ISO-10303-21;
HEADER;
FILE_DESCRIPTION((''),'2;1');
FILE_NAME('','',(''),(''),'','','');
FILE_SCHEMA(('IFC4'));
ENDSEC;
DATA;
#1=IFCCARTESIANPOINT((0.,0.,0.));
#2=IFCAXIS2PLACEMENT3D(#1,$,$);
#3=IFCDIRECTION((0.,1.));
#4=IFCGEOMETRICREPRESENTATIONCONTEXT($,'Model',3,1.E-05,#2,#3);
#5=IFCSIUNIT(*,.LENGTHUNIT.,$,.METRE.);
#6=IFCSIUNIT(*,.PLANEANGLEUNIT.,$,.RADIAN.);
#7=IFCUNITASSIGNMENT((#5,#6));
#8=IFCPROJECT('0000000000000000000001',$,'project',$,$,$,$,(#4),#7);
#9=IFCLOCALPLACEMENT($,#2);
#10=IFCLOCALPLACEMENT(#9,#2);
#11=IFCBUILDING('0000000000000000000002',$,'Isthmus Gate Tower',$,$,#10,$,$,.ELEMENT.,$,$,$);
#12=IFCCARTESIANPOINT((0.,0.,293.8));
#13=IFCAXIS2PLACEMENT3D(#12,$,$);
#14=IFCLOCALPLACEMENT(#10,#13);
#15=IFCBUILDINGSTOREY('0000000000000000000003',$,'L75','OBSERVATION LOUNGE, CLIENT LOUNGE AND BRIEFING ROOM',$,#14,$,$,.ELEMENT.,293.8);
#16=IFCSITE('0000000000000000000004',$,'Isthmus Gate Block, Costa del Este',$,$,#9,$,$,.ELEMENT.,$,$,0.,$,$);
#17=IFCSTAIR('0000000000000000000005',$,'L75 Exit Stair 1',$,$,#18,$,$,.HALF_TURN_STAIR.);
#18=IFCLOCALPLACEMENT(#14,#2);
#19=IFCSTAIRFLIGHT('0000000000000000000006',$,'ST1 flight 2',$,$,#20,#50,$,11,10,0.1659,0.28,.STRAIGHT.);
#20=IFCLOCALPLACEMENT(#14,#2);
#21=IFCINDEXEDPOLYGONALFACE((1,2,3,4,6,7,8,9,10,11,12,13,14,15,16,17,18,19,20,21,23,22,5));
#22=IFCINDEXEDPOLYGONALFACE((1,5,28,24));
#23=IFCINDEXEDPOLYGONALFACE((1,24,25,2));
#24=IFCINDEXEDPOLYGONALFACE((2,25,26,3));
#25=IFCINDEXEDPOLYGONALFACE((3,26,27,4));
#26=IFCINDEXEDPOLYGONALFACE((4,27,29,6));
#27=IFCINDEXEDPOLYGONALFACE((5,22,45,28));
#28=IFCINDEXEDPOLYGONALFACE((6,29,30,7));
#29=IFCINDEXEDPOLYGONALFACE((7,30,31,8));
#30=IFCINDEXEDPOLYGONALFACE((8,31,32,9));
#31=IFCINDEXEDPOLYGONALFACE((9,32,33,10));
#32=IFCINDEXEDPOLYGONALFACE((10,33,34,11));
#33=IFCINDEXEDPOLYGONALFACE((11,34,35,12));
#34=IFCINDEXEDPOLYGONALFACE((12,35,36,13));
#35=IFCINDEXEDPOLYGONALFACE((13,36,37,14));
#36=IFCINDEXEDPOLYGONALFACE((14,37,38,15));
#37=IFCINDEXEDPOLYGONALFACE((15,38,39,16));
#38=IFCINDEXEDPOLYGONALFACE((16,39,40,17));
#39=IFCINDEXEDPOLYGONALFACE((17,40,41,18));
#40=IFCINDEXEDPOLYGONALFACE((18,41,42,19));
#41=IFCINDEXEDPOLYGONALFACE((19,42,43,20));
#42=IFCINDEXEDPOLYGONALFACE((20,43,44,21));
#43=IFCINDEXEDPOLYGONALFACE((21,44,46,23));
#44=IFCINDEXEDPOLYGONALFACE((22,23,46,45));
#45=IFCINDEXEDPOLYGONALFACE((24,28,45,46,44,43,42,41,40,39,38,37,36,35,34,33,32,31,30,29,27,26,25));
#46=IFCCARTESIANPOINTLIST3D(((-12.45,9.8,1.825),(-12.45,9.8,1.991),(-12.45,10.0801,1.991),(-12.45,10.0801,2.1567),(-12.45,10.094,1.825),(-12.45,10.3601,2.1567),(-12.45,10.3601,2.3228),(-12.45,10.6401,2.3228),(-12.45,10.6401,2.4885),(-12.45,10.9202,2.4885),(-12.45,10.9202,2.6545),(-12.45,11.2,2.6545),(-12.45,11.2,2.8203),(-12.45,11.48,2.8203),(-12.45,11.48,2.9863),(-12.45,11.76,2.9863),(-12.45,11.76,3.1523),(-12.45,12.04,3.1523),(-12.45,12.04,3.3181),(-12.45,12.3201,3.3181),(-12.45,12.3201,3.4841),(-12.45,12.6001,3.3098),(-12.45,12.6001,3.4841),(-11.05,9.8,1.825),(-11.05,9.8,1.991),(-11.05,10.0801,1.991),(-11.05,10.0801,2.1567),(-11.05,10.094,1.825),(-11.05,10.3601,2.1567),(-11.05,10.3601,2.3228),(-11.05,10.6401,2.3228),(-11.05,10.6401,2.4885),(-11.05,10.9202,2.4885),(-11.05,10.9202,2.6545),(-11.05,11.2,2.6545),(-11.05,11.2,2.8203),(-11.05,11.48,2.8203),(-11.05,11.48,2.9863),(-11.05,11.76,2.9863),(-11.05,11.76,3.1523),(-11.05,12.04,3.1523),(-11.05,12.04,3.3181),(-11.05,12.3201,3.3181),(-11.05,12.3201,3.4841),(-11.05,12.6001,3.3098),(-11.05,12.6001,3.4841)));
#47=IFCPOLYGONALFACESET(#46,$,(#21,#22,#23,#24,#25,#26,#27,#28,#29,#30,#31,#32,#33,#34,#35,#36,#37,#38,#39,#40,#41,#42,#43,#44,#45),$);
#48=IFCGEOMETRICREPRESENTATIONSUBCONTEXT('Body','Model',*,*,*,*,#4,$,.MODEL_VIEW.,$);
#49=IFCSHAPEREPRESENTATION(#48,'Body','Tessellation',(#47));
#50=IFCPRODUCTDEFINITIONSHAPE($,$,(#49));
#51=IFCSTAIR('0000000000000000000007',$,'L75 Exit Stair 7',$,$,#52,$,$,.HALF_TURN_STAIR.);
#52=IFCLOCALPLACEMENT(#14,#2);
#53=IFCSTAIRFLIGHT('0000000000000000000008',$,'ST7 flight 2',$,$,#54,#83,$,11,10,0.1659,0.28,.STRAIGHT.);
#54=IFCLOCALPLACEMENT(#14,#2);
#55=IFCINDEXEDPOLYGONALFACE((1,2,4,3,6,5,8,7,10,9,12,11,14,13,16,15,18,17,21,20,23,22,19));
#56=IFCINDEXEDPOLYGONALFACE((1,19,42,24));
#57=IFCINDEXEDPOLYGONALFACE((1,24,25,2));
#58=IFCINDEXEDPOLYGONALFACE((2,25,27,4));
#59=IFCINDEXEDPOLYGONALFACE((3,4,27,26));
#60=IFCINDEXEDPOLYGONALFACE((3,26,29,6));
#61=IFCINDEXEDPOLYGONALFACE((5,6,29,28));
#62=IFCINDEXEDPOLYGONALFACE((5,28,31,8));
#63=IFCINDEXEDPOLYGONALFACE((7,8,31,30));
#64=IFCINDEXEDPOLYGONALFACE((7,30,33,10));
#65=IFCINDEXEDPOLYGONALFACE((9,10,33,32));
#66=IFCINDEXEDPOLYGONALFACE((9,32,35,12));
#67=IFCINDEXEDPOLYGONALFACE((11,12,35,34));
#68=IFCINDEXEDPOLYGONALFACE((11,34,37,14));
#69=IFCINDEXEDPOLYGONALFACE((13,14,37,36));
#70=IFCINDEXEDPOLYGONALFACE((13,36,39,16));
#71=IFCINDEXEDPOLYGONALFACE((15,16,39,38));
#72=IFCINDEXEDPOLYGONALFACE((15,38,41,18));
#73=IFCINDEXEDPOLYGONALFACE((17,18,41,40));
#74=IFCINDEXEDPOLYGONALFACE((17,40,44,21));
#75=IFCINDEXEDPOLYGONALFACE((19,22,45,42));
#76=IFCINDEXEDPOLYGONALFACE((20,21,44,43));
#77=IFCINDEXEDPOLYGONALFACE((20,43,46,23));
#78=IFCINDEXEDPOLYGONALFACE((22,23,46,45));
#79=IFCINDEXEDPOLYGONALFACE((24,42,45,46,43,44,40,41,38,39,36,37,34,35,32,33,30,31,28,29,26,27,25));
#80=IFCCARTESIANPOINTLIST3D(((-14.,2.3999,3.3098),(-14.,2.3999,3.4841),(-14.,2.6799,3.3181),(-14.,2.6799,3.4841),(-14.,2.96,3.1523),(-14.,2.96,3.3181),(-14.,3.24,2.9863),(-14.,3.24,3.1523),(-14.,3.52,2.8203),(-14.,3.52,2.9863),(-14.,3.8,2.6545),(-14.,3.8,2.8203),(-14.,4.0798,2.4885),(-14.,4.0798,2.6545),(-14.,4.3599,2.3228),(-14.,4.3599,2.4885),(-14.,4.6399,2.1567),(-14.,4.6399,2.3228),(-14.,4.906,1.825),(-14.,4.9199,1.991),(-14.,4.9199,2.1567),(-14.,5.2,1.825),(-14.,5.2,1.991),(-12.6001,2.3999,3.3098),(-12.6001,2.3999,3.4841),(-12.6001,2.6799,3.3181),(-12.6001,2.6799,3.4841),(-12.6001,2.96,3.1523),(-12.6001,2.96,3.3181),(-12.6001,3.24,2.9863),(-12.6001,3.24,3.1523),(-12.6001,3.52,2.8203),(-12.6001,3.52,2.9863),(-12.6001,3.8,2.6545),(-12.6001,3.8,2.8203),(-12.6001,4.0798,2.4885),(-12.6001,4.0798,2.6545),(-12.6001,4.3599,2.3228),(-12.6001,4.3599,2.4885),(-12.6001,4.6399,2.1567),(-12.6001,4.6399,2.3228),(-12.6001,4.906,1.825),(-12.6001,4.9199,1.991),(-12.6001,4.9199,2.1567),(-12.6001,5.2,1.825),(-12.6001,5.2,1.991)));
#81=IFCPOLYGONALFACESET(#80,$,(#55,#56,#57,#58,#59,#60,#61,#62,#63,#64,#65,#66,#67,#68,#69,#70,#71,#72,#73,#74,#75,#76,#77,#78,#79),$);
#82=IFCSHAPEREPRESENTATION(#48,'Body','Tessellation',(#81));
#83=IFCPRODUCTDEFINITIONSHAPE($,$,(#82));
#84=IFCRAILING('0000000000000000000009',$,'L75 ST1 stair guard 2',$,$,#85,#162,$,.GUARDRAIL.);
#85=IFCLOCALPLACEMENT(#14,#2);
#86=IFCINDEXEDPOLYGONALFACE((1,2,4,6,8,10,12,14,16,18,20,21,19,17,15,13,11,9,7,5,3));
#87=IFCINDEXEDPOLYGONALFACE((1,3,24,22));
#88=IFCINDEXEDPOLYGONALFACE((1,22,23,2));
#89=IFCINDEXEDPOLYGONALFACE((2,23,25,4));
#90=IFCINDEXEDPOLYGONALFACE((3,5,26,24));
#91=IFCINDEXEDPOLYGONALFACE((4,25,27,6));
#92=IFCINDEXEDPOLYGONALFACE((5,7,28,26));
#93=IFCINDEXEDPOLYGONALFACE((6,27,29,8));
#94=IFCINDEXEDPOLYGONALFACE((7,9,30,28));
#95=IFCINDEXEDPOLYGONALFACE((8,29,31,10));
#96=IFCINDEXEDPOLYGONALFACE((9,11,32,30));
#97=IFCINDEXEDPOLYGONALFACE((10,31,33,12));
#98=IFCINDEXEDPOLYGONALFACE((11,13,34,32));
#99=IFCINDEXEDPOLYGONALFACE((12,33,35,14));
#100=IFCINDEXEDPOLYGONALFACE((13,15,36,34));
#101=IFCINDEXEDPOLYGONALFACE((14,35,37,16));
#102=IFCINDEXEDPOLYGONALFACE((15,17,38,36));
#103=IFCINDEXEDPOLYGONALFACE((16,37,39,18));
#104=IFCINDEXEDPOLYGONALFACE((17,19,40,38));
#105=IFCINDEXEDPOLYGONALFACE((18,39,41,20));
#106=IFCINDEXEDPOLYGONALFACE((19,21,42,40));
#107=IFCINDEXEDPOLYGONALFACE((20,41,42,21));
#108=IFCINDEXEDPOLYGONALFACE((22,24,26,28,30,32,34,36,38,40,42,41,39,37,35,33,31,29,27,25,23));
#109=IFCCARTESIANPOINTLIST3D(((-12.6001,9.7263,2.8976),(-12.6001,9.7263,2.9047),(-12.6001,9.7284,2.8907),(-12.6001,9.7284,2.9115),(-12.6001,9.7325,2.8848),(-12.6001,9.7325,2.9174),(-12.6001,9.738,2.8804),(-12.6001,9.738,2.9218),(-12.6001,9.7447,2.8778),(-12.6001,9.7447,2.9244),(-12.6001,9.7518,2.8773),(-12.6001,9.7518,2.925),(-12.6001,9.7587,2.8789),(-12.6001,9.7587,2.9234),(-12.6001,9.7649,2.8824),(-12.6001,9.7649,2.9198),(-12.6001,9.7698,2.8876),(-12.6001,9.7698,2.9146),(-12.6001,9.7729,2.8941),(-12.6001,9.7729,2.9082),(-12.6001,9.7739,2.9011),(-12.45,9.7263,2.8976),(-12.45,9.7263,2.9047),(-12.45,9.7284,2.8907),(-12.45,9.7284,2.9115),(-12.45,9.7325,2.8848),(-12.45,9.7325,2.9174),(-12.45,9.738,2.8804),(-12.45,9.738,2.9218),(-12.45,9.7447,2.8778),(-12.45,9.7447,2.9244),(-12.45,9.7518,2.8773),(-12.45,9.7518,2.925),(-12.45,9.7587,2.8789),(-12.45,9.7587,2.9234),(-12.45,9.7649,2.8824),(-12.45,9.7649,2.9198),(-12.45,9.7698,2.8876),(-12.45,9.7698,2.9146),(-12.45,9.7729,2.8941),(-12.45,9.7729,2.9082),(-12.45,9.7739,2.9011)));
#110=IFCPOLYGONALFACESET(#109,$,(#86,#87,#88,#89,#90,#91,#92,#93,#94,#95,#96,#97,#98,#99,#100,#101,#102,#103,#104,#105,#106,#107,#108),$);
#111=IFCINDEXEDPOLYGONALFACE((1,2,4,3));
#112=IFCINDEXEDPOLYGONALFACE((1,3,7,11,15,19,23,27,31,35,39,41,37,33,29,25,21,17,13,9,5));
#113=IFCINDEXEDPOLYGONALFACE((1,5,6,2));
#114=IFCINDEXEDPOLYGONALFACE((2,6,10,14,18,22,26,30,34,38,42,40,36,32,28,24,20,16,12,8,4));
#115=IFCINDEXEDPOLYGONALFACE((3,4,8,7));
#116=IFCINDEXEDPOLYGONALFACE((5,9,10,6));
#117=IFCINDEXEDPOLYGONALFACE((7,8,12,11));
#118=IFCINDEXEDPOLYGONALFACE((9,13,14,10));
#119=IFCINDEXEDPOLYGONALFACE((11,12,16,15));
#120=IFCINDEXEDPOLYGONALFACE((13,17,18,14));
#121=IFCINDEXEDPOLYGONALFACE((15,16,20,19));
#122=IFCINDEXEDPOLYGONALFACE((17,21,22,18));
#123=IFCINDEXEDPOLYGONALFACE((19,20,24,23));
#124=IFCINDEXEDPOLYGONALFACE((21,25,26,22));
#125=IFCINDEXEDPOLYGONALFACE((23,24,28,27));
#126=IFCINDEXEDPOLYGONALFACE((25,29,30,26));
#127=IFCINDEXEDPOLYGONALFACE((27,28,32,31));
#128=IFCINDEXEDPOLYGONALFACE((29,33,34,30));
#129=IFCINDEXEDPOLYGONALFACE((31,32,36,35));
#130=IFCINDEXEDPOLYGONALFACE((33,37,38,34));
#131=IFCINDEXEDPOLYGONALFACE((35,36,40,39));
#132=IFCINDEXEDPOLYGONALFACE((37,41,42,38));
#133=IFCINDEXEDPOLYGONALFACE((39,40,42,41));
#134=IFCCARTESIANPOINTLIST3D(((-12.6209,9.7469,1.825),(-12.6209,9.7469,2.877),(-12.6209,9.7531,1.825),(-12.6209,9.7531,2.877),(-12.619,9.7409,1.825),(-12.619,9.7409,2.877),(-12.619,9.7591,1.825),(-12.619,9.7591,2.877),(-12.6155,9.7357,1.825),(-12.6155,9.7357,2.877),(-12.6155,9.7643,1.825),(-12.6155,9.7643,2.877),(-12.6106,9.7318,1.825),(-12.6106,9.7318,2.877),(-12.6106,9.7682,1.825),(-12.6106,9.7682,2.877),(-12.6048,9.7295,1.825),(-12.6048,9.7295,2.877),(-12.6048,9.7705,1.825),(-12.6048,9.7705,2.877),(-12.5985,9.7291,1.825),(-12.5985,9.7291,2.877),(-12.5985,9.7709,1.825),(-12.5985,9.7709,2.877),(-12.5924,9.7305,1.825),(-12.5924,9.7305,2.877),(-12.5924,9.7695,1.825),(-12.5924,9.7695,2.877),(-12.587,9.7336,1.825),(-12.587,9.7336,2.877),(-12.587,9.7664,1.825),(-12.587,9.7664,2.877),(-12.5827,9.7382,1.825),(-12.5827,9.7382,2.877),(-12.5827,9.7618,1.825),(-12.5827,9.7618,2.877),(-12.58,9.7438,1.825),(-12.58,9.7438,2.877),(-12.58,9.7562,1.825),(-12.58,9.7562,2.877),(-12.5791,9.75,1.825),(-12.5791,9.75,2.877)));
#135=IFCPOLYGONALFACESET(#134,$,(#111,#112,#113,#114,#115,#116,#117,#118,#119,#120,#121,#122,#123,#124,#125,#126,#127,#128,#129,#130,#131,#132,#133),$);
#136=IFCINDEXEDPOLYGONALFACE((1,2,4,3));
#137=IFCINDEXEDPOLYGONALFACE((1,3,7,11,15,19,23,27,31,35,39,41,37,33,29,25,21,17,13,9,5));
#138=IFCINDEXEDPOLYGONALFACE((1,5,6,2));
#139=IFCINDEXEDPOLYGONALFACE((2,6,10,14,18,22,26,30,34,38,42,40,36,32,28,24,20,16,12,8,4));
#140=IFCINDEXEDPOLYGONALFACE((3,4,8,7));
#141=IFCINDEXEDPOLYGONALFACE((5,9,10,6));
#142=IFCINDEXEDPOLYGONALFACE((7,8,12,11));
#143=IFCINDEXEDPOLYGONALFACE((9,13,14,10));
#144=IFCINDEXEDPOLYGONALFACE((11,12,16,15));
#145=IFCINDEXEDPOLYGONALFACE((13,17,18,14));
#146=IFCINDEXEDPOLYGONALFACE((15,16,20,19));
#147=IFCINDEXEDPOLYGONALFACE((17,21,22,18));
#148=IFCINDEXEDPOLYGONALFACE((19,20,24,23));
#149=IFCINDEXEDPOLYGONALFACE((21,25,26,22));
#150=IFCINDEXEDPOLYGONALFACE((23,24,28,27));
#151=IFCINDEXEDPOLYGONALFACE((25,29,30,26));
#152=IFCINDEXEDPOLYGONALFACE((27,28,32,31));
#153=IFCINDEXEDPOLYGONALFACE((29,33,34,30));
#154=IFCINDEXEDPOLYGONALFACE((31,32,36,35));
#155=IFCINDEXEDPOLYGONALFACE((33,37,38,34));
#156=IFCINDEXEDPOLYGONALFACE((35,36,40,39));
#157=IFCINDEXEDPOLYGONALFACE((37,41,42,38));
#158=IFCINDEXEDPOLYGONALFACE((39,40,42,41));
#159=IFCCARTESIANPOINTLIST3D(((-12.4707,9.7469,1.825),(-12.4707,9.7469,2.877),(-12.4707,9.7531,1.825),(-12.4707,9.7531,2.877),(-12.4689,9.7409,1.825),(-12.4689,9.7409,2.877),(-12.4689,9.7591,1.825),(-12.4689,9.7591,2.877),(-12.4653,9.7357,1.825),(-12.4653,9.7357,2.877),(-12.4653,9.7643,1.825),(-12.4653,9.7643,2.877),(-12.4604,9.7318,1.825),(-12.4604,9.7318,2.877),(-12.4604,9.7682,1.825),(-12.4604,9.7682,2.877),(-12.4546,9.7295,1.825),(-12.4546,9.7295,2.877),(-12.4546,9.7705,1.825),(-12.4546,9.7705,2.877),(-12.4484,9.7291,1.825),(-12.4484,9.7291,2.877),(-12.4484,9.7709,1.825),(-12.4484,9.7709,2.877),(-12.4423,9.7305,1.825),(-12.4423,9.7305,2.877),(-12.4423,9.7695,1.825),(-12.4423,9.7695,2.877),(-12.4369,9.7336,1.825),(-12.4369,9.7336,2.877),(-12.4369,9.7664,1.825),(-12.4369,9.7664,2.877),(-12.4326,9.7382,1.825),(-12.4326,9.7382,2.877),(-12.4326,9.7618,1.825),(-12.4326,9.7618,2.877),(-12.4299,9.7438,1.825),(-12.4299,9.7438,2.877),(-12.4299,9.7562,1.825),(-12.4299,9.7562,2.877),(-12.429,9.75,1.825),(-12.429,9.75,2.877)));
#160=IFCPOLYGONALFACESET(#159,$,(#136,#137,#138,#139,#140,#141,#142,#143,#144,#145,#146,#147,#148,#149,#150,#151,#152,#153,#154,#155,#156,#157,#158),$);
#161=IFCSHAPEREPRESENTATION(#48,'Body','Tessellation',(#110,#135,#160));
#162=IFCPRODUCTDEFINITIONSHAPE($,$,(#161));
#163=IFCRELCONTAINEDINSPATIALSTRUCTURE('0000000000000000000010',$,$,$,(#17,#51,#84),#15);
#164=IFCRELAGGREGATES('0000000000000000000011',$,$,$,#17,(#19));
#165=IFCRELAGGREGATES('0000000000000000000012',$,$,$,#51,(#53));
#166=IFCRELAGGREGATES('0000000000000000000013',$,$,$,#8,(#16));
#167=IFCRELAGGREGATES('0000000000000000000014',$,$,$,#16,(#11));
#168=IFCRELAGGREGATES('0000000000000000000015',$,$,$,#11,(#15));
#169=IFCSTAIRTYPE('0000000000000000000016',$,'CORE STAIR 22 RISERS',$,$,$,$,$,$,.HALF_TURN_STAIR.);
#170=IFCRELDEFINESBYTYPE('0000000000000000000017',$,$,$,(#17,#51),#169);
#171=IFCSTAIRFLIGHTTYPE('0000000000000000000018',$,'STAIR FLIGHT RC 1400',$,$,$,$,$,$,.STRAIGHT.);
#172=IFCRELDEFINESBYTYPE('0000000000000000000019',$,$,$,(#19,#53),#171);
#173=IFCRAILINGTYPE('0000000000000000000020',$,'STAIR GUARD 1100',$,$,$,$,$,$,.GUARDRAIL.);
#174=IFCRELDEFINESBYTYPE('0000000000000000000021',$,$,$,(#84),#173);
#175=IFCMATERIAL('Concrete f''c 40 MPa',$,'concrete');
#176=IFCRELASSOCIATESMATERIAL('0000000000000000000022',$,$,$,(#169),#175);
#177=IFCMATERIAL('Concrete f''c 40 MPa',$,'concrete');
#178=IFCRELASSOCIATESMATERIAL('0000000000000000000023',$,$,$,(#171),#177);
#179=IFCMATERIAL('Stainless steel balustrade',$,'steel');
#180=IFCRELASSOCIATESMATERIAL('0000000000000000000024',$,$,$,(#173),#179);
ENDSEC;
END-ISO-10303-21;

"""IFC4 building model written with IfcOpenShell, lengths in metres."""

from ifc_helpers import new_model, si_unit, direction, frame, origin, origin_2d, place, context, subcontext, project, spatial, polyline, circle, outline, extrude, material, type_object, element, aggregate, save


model = new_model("IFC4")

# Units and contexts
model_context = context("Model", 3, precision=1e-05, world=origin(), true_north=direction((0.0, 1.0)))
body_context = subcontext(model_context, "Body", "Model", "MODEL_VIEW")
ifc_project = project(units=[si_unit("LENGTHUNIT", "METRE"), si_unit("PLANEANGLEUNIT", "RADIAN")], contexts=[model_context])

# Site, building, storey
site_placement = place(None, origin())
site = spatial("IfcSite", under=ifc_project, at=site_placement, Name="Isthmus Gate Block, Costa del Este", CompositionType="ELEMENT", RefElevation=0.0)
building_placement = place(site_placement, origin())
building = spatial("IfcBuilding", under=site, at=building_placement, Name="Isthmus Gate Tower", CompositionType="ELEMENT")
storey_placement = place(building_placement, frame((0.0, 0.0, 293.8)))
storey = spatial("IfcBuildingStorey", under=building, at=storey_placement, Name="L75", Description="OBSERVATION LOUNGE, CLIENT LOUNGE AND BRIEFING ROOM", CompositionType="ELEMENT", Elevation=293.8)

# Stairs, stair flights
ifc_material_1 = material(Name="Concrete f'c 40 MPa", Category="concrete")
stair_type = type_object("IfcStairType", Name="CORE STAIR 22 RISERS", PredefinedType="HALF_TURN_STAIR", material=ifc_material_1)
stair_1_placement = place(storey_placement, origin())
stair_1 = element("IfcStair", 1, at=stair_1_placement, inside=storey, type_object=stair_type, Name="L75 Exit Stair 1", PredefinedType="HALF_TURN_STAIR")
ifc_material_2 = material(Name="Concrete f'c 40 MPa", Category="concrete")
stair_flight_type = type_object("IfcStairFlightType", Name="STAIR FLIGHT RC 1400", PredefinedType="STRAIGHT", material=ifc_material_2)
stair_flight_1_placement = place(storey_placement, frame((-11.75, 9.8, 1.825), z_axis=(0.0, 0.0, 1.0), x_axis=(0.0, 1.0, 0.0)))
stair_flight_1 = element("IfcStairFlight", 2, at=stair_flight_1_placement, type_object=stair_flight_type, Name="ST1 flight 2", NumberOfRisers=11, NumberOfTreads=10, PredefinedType="STRAIGHT", RiserHeight=0.1659, TreadLength=0.28, context=body_context, shape_type="SweptSolid", body=[
    extrude(outline(polyline([(0.0, 0.0), (0.0, 0.166), (0.28, 0.166), (0.28, 0.3318), (0.5601, 0.3318), (0.5601, 0.4978), (0.8401, 0.4978), (0.8401, 0.6636), (1.1201, 0.6636), (1.1201, 0.8296), (1.3999, 0.8296), (1.3999, 0.9954), (1.6799, 0.9954), (1.6799, 1.1614), (1.96, 1.1614), (1.96, 1.3274), (2.24, 1.3274), (2.24, 1.4932), (2.52, 1.4932), (2.52, 1.6592), (2.8, 1.6592), (2.8, 1.825), (2.8, 1.4849), (0.2939, 0.0), (0.0, 0.0)])), frame((0.0, 0.7, 0.0), z_axis=(0.0, -1.0, 0.0), x_axis=(1.0, 0.0, 0.0)), (0.0, 0.0, 1.0), 1.3999),
])
aggregate(stair_1, [stair_flight_1])
stair_2_placement = place(storey_placement, origin())
stair_2 = element("IfcStair", 3, at=stair_2_placement, inside=storey, type_object=stair_type, Name="L75 Exit Stair 7", PredefinedType="HALF_TURN_STAIR")
stair_flight_2_placement = place(storey_placement, frame((-13.3, 5.2, 1.825), z_axis=(0.0, 0.0, 1.0), x_axis=(0.0, -1.0, 0.0)))
stair_flight_2 = element("IfcStairFlight", 4, at=stair_flight_2_placement, type_object=stair_flight_type, Name="ST7 flight 2", NumberOfRisers=11, NumberOfTreads=10, PredefinedType="STRAIGHT", RiserHeight=0.1659, TreadLength=0.28, context=body_context, shape_type="SweptSolid", body=[
    extrude(outline(polyline([(0.0, 0.0), (0.0, 0.166), (0.28, 0.166), (0.28, 0.3318), (0.5601, 0.3318), (0.5601, 0.4978), (0.8401, 0.4978), (0.8401, 0.6636), (1.1201, 0.6636), (1.1201, 0.8296), (1.3999, 0.8296), (1.3999, 0.9954), (1.6799, 0.9954), (1.6799, 1.1614), (1.96, 1.1614), (1.96, 1.3274), (2.24, 1.3274), (2.24, 1.4932), (2.52, 1.4932), (2.52, 1.6592), (2.8, 1.6592), (2.8, 1.825), (2.8, 1.4849), (0.2939, 0.0), (0.0, 0.0)])), frame((0.0, 0.7, 0.0), z_axis=(0.0, -1.0, 0.0), x_axis=(1.0, 0.0, 0.0)), (0.0, 0.0, 1.0), 1.3999),
])
aggregate(stair_2, [stair_flight_2])

# Railing
ifc_material_3 = material(Name="Stainless steel balustrade", Category="steel")
railing_type_1 = type_object("IfcRailingType", Name="STAIR GUARD 1100", PredefinedType="GUARDRAIL", material=ifc_material_3)
railing_1_placement = place(storey_placement, frame((-12.6001, 9.75, 1.825)))
element("IfcRailing", 5, at=railing_1_placement, inside=storey, type_object=railing_type_1, Name="L75 ST1 stair guard 2", PredefinedType="GUARDRAIL", context=body_context, shape_type="SweptSolid", body=[
    extrude(circle(Radius=0.0239, at=origin_2d()), frame((0.0, 0.0, 1.0762), z_axis=(1.0, 0.0, 0.0), x_axis=(0.0, 1.0, 0.0)), (0.0, 0.0, 1.0), 0.1501),
    extrude(circle(Radius=0.021, at=origin_2d()), origin(), (0.0, 0.0, 1.0), 1.052),
    extrude(circle(Radius=0.021, at=origin_2d()), frame((0.1501, 0.0, 0.0)), (0.0, 0.0, 1.0), 1.052),
])

save(model, "model.ifc")
